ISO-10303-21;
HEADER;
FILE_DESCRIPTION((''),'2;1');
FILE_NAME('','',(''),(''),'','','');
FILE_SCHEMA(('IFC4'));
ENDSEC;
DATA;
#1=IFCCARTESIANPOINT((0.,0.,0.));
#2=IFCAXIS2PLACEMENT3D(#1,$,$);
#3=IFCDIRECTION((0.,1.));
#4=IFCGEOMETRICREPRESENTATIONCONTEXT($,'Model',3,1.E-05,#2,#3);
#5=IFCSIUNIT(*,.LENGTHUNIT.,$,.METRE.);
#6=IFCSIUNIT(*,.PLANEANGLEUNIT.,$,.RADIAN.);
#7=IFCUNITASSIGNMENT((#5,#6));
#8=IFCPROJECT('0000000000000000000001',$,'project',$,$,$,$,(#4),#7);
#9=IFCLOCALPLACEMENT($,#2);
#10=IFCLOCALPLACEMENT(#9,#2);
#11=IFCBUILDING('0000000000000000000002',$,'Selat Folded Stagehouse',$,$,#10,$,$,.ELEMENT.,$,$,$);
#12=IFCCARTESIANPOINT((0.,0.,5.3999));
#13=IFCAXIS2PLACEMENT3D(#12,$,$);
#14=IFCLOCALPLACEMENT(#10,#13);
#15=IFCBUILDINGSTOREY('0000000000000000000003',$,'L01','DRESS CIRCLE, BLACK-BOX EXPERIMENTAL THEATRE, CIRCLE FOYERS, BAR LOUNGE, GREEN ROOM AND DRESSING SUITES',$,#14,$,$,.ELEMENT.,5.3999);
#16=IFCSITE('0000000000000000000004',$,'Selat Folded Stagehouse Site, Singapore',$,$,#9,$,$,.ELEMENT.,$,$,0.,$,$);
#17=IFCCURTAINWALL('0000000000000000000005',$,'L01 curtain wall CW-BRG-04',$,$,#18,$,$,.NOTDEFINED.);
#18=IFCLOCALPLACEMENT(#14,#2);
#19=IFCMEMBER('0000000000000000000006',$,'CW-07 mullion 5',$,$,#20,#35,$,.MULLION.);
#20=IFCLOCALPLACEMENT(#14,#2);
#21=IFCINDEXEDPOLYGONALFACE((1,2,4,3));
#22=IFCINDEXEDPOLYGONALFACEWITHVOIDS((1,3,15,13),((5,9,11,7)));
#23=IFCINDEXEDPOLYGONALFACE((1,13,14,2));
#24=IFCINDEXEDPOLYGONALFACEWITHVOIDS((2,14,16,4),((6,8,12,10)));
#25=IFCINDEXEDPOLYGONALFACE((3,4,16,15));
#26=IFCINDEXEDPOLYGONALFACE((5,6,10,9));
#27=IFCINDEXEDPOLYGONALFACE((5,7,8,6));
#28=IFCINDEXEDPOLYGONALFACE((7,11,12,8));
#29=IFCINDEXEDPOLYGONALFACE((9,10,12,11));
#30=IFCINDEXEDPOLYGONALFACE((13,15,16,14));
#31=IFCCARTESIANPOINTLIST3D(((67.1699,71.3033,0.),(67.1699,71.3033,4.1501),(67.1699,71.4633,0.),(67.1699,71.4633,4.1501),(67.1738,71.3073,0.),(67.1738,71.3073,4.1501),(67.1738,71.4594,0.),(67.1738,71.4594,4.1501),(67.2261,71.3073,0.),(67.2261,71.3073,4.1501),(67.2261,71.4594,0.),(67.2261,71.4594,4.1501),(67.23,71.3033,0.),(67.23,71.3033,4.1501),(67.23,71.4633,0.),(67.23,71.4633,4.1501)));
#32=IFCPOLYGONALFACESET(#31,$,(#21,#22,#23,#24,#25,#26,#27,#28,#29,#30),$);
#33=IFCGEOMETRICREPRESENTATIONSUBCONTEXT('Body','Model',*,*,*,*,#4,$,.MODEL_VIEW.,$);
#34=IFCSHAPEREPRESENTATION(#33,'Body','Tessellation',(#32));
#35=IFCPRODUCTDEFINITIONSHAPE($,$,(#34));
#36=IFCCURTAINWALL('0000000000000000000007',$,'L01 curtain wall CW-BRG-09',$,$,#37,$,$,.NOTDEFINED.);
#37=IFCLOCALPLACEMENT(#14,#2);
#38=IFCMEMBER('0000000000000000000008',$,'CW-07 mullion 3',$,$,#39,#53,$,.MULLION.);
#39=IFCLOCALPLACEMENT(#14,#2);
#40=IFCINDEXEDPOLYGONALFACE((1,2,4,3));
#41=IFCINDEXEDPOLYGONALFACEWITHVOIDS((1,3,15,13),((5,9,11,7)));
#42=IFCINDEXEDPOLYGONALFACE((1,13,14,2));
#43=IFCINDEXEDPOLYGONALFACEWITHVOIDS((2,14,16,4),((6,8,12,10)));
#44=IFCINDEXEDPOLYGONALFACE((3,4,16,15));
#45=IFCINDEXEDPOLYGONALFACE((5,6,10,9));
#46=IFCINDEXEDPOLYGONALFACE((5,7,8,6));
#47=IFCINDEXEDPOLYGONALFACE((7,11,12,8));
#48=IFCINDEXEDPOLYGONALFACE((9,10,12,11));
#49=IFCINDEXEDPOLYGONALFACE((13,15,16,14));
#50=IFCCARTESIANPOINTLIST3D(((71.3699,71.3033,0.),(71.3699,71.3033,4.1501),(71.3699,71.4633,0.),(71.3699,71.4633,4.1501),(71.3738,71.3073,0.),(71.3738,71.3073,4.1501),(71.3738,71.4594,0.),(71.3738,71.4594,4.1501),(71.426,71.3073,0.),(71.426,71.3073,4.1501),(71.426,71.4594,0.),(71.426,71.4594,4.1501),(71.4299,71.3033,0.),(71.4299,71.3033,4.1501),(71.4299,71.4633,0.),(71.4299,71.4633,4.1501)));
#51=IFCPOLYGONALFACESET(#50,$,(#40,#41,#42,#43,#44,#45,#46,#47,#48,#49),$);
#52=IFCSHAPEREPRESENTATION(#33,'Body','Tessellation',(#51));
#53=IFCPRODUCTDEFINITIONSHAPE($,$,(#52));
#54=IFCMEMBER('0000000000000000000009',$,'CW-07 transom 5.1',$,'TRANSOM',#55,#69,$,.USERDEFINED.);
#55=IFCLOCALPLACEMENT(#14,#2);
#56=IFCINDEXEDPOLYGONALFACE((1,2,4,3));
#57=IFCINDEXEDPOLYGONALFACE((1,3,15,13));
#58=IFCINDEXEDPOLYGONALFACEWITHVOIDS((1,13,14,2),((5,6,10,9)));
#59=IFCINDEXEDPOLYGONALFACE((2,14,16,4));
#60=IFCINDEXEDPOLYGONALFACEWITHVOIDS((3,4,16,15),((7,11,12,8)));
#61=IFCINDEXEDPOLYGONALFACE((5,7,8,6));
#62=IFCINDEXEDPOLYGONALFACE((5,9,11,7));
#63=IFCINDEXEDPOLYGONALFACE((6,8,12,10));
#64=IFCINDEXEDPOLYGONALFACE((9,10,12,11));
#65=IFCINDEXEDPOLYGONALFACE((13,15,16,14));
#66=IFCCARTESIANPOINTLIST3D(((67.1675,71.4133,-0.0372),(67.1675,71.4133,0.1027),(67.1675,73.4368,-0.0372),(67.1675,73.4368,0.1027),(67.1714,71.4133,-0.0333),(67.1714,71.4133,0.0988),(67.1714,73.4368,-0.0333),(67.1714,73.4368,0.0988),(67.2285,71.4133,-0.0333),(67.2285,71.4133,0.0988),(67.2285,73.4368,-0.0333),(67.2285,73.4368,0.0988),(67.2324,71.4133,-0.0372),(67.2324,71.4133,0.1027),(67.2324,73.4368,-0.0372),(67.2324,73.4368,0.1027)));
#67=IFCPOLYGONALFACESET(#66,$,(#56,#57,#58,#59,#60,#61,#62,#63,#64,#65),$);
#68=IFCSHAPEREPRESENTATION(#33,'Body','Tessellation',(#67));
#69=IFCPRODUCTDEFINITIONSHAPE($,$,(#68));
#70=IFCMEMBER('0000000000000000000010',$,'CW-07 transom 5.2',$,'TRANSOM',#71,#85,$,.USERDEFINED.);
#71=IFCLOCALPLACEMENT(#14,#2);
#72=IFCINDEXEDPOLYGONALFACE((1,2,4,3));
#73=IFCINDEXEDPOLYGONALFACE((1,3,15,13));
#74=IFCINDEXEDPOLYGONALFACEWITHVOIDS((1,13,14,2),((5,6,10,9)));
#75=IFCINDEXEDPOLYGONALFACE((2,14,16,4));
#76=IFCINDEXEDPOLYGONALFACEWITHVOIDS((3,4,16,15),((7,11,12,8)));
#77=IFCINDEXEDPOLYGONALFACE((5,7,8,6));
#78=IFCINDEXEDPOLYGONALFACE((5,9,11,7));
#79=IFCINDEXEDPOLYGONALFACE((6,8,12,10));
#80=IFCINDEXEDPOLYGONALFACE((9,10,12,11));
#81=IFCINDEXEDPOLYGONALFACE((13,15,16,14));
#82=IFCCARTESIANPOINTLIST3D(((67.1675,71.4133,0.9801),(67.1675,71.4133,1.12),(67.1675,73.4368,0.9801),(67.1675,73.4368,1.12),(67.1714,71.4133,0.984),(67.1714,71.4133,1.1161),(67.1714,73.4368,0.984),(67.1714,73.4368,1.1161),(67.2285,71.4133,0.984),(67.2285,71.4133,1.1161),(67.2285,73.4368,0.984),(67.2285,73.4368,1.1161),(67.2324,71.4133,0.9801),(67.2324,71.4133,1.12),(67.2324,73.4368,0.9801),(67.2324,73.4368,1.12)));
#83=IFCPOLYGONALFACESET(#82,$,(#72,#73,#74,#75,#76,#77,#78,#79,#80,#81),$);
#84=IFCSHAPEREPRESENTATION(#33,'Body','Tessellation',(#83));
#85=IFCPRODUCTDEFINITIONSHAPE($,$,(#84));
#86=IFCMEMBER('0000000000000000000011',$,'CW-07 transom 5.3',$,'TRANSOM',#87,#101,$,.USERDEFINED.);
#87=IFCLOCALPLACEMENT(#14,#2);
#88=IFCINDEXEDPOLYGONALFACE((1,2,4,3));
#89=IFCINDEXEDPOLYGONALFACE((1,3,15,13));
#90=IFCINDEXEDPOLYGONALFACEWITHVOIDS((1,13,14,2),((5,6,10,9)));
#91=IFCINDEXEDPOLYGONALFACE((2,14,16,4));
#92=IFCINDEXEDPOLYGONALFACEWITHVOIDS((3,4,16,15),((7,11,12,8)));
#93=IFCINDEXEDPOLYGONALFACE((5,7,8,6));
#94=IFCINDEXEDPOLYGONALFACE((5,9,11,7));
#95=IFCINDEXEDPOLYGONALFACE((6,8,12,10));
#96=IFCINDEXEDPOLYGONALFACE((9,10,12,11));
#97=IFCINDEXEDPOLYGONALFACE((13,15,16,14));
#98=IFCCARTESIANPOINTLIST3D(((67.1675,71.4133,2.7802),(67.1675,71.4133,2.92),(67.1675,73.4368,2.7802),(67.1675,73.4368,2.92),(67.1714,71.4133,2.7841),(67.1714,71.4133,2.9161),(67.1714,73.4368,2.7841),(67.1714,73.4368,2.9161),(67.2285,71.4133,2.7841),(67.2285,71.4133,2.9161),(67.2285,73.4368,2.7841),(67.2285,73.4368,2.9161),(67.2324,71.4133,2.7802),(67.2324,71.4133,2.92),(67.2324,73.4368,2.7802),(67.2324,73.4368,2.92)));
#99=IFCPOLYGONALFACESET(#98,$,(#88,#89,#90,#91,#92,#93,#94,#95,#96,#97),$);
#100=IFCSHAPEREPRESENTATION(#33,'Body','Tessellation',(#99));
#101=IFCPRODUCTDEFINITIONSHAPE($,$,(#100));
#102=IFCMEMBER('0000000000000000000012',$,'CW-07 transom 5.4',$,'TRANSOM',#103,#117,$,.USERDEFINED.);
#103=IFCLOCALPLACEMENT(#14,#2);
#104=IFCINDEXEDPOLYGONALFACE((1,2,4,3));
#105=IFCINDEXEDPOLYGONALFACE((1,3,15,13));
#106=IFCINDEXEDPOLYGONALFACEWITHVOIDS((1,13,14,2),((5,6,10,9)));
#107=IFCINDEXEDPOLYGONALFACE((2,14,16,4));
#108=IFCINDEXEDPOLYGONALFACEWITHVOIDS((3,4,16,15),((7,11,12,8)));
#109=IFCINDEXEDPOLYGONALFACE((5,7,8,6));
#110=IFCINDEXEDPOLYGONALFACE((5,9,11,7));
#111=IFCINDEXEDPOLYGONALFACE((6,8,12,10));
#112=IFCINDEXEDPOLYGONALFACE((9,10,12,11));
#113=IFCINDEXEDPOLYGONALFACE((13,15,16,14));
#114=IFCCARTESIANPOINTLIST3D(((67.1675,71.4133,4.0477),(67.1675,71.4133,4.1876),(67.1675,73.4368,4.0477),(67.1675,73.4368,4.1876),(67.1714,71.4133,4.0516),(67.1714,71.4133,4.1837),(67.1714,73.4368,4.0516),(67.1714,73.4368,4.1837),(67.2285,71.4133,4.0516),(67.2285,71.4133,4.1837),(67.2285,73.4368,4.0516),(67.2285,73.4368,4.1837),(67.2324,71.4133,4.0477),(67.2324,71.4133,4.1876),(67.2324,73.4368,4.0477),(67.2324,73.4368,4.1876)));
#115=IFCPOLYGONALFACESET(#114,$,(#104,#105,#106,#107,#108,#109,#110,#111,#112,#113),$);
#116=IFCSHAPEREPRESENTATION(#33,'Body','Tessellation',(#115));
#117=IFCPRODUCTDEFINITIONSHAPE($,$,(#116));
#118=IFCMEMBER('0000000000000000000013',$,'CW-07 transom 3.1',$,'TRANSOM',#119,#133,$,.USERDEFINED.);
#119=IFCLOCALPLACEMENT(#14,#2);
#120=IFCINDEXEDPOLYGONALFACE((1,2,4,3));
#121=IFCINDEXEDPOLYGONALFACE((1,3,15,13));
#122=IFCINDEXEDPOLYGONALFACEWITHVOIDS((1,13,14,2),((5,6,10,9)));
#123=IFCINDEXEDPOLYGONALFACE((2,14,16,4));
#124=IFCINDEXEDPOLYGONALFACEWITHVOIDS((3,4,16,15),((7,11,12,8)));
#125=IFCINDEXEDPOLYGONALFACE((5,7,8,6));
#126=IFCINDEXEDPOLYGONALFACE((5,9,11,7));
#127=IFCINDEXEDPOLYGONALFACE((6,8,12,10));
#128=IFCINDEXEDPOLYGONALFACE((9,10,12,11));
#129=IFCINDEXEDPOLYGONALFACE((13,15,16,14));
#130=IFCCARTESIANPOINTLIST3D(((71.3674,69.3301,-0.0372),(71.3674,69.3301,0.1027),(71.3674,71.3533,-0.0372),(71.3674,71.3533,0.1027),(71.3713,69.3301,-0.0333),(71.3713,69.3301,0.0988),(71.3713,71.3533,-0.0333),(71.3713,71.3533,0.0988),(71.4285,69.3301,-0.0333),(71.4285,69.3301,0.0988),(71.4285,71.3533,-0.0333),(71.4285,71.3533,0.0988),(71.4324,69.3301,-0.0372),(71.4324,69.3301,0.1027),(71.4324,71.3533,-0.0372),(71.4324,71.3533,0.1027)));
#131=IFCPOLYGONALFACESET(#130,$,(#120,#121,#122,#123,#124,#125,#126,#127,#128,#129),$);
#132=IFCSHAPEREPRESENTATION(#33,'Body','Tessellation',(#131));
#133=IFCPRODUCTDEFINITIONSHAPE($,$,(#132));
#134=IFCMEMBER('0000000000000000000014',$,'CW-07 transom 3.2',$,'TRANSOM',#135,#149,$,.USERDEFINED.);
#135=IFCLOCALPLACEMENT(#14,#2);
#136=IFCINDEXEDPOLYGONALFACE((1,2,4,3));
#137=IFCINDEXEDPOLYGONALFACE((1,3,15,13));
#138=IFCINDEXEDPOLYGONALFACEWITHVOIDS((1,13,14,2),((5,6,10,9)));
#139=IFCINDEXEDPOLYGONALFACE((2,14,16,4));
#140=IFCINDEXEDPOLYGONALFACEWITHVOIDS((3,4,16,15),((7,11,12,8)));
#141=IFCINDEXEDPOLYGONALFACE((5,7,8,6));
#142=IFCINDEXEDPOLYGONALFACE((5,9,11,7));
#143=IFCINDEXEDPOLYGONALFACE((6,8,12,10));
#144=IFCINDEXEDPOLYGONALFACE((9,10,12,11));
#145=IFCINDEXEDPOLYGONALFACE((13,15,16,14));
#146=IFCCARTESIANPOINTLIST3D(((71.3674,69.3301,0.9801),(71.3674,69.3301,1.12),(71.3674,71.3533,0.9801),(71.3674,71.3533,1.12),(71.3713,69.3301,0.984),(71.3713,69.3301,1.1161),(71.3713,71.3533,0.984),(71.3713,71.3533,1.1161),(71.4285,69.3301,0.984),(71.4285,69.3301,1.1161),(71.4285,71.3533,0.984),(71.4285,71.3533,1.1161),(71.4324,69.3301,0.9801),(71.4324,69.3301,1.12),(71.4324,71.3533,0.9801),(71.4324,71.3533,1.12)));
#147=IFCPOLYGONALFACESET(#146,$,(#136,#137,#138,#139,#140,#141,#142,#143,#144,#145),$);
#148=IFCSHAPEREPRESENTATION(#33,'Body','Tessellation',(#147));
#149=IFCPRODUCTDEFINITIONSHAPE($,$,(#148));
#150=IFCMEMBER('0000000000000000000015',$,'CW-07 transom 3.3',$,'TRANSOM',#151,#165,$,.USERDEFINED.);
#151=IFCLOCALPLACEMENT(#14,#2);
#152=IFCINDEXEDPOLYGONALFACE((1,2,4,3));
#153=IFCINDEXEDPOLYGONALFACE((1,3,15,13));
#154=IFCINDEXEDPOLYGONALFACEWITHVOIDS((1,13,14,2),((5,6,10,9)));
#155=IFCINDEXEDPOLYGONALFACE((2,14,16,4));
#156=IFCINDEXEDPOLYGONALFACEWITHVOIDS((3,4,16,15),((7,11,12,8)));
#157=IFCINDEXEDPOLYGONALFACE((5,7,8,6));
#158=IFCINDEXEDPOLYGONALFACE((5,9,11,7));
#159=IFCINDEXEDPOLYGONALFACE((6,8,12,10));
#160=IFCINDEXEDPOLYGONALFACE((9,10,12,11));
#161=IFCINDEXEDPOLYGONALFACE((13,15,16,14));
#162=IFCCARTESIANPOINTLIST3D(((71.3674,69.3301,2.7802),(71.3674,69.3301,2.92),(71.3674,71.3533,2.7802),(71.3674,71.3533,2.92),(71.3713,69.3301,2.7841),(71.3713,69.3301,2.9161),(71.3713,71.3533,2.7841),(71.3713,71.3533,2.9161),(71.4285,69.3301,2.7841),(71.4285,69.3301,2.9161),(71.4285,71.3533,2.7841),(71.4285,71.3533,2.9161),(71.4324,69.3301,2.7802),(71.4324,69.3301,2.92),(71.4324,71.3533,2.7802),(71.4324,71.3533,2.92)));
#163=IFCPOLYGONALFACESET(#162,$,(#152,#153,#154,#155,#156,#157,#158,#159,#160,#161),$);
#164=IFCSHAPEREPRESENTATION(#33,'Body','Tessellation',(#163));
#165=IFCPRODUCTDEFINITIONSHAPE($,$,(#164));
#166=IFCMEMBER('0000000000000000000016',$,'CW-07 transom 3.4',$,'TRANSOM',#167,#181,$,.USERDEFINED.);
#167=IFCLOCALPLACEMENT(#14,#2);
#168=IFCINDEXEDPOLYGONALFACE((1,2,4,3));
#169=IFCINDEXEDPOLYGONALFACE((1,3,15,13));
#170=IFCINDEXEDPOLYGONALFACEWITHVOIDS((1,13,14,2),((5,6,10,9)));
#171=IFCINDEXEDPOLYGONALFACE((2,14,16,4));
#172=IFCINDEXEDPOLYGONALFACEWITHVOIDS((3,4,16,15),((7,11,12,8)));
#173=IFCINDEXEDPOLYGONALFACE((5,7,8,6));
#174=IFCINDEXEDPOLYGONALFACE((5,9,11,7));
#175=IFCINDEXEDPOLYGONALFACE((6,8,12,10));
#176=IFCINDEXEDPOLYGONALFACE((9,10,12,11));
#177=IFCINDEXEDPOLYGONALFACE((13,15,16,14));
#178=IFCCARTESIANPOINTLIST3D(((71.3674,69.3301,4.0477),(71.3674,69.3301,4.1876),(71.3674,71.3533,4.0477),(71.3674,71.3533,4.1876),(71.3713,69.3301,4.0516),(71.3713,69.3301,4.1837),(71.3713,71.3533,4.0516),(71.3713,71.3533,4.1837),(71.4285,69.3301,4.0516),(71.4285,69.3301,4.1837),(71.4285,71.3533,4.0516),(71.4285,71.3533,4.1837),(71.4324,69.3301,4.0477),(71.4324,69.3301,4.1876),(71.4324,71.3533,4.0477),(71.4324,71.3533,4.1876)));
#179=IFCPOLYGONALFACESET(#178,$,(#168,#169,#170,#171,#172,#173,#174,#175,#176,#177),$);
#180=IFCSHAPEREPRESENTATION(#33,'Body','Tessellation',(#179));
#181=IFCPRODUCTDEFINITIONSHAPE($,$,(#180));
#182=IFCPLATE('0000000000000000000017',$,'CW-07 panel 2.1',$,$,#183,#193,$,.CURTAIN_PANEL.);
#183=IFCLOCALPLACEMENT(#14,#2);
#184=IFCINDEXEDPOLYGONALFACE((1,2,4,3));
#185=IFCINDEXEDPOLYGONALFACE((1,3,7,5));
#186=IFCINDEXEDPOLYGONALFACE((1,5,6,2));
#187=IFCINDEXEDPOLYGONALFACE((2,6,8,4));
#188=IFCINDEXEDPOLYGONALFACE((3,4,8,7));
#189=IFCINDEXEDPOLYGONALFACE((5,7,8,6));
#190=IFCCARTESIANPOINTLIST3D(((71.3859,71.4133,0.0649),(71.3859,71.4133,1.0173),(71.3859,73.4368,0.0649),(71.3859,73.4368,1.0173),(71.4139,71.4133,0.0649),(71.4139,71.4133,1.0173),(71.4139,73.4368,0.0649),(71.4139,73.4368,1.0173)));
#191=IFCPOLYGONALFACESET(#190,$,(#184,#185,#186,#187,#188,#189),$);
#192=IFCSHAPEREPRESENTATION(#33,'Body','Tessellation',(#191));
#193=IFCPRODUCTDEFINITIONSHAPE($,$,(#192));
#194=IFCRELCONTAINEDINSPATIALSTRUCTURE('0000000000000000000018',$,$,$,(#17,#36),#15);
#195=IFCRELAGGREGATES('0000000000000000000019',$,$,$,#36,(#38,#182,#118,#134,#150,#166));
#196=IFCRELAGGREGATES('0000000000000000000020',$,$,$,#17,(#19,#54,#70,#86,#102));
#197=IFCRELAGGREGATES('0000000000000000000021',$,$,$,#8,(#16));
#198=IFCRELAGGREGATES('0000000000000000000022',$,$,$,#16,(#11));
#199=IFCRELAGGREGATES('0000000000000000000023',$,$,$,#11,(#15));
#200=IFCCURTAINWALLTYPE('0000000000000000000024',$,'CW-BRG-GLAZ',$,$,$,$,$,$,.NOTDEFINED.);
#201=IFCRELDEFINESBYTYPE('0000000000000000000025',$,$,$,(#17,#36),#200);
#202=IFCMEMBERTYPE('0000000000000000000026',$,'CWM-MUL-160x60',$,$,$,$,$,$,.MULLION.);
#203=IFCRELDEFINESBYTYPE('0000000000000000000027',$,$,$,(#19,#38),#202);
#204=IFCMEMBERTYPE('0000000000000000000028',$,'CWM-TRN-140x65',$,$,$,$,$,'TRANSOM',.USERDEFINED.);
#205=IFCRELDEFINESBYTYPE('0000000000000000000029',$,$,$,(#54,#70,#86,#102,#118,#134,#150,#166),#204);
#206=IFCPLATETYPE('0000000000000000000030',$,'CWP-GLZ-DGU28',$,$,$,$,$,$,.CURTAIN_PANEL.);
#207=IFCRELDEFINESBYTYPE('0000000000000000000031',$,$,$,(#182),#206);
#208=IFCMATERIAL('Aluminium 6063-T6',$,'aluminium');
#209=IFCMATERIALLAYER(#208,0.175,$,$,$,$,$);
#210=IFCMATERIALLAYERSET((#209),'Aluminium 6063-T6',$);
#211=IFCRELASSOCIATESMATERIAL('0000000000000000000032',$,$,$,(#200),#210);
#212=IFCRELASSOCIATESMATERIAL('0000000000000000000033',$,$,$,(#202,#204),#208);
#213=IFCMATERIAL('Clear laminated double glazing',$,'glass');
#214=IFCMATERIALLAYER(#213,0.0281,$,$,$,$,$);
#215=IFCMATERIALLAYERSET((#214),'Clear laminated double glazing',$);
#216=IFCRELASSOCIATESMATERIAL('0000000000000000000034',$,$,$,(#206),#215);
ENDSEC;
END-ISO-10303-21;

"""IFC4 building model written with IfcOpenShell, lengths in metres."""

from ifc_helpers import new_model, si_unit, direction, frame, origin, origin_2d, place, context, subcontext, project, spatial, rectangle, hollow_rectangle, extrude, material, layer, layer_set, material_profile, profile_set, type_object, element, aggregate, save


model = new_model("IFC4")

# Units and contexts
model_context = context("Model", 3, precision=1e-05, world=origin(), true_north=direction((0.0, 1.0)))
body_context = subcontext(model_context, "Body", "Model", "MODEL_VIEW")
ifc_project = project(units=[si_unit("LENGTHUNIT", "METRE"), si_unit("PLANEANGLEUNIT", "RADIAN")], contexts=[model_context])

# Site, building, storey
site_placement = place(None, origin())
site = spatial("IfcSite", under=ifc_project, at=site_placement, Name="Selat Folded Stagehouse Site, Singapore", CompositionType="ELEMENT", RefElevation=0.0)
building_placement = place(site_placement, origin())
building = spatial("IfcBuilding", under=site, at=building_placement, Name="Selat Folded Stagehouse", CompositionType="ELEMENT")
storey_placement = place(building_placement, frame((0.0, 0.0, 5.3999)))
storey = spatial("IfcBuildingStorey", under=building, at=storey_placement, Name="L01", Description="DRESS CIRCLE, BLACK-BOX EXPERIMENTAL THEATRE, CIRCLE FOYERS, BAR LOUNGE, GREEN ROOM AND DRESSING SUITES", CompositionType="ELEMENT", Elevation=5.3999)

# Curtain walls, members
ifc_material_1 = material(Name="Aluminium 6063-T6", Category="aluminium")
ifc_layer_1 = layer(ifc_material_1, 0.175)
ifc_layer_set_1 = layer_set([ifc_layer_1], Name="Aluminium 6063-T6")
curtain_wall_type = type_object("IfcCurtainWallType", Name="CW-BRG-GLAZ", PredefinedType="NOTDEFINED", material=ifc_layer_set_1)
curtain_wall_1_placement = place(storey_placement, origin())
curtain_wall_1 = element("IfcCurtainWall", 1, at=curtain_wall_1_placement, inside=storey, type_object=curtain_wall_type, Name="L01 curtain wall CW-BRG-04", PredefinedType="NOTDEFINED")
ifc_material_profile_1 = material_profile(ifc_material_1, hollow_rectangle(XDim=0.0601, YDim=0.1599, WallThickness=0.0039, at=origin_2d()), Name="ALU 160x60x4.0")
ifc_profile_set_1 = profile_set([ifc_material_profile_1], Name="Aluminium 6063-T6")
member_type_1 = type_object("IfcMemberType", Name="CWM-MUL-160x60", PredefinedType="MULLION", material=ifc_profile_set_1)
member_1_placement = place(storey_placement, frame((67.2, 71.3833, 0.0), z_axis=(0.0, 0.0, 1.0), x_axis=(-1.0, 0.0, 0.0)))
member_1 = element("IfcMember", 2, at=member_1_placement, type_object=member_type_1, Name="CW-07 mullion 5", PredefinedType="MULLION", context=body_context, shape_type="SweptSolid", body=[
    extrude(hollow_rectangle(XDim=0.0601, YDim=0.1599, WallThickness=0.0039, at=origin_2d()), origin(), (0.0, 0.0, 1.0), 4.1501),
])
curtain_wall_2_placement = place(storey_placement, origin())
curtain_wall_2 = element("IfcCurtainWall", 3, at=curtain_wall_2_placement, inside=storey, type_object=curtain_wall_type, Name="L01 curtain wall CW-BRG-09", PredefinedType="NOTDEFINED")
member_2_placement = place(storey_placement, frame((71.3999, 71.3833, 0.0), z_axis=(0.0, 0.0, 1.0), x_axis=(1.0, 0.0, 0.0)))
member_2 = element("IfcMember", 4, at=member_2_placement, type_object=member_type_1, Name="CW-07 mullion 3", PredefinedType="MULLION", context=body_context, shape_type="SweptSolid", body=[
    extrude(hollow_rectangle(XDim=0.0601, YDim=0.1599, WallThickness=0.0039, at=origin_2d()), origin(), (0.0, 0.0, 1.0), 4.1501),
])

# Members
ifc_material_profile_2 = material_profile(ifc_material_1, hollow_rectangle(XDim=0.0649, YDim=0.1399, WallThickness=0.0039, at=origin_2d()), Name="ALU 140x65x4.0")
ifc_profile_set_2 = profile_set([ifc_material_profile_2], Name="Aluminium 6063-T6")
member_type_2 = type_object("IfcMemberType", Name="CWM-TRN-140x65", ElementType="TRANSOM", PredefinedType="USERDEFINED", material=ifc_profile_set_2)
member_3_placement = place(storey_placement, frame((67.2, 71.4133, 0.0327), z_axis=(0.0, 1.0, 0.0), x_axis=(-1.0, 0.0, 0.0)))
member_3 = element("IfcMember", 5, at=member_3_placement, type_object=member_type_2, Name="CW-07 transom 5.1", ObjectType="TRANSOM", PredefinedType="USERDEFINED", context=body_context, shape_type="SweptSolid", body=[
    extrude(hollow_rectangle(XDim=0.0649, YDim=0.1399, WallThickness=0.0039, at=origin_2d()), origin(), (0.0, 0.0, 1.0), 2.0234),
])
member_4_placement = place(storey_placement, frame((67.2, 71.4133, 1.05), z_axis=(0.0, 1.0, 0.0), x_axis=(-1.0, 0.0, 0.0)))
member_4 = element("IfcMember", 6, at=member_4_placement, type_object=member_type_2, Name="CW-07 transom 5.2", ObjectType="TRANSOM", PredefinedType="USERDEFINED", context=body_context, shape_type="SweptSolid", body=[
    extrude(hollow_rectangle(XDim=0.0649, YDim=0.1399, WallThickness=0.0039, at=origin_2d()), origin(), (0.0, 0.0, 1.0), 2.0234),
])
member_5_placement = place(storey_placement, frame((67.2, 71.4133, 2.8501), z_axis=(0.0, 1.0, 0.0), x_axis=(-1.0, 0.0, 0.0)))
member_5 = element("IfcMember", 7, at=member_5_placement, type_object=member_type_2, Name="CW-07 transom 5.3", ObjectType="TRANSOM", PredefinedType="USERDEFINED", context=body_context, shape_type="SweptSolid", body=[
    extrude(hollow_rectangle(XDim=0.0649, YDim=0.1399, WallThickness=0.0039, at=origin_2d()), origin(), (0.0, 0.0, 1.0), 2.0234),
])
member_6_placement = place(storey_placement, frame((67.2, 71.4133, 4.1177), z_axis=(0.0, 1.0, 0.0), x_axis=(-1.0, 0.0, 0.0)))
member_6 = element("IfcMember", 8, at=member_6_placement, type_object=member_type_2, Name="CW-07 transom 5.4", ObjectType="TRANSOM", PredefinedType="USERDEFINED", context=body_context, shape_type="SweptSolid", body=[
    extrude(hollow_rectangle(XDim=0.0649, YDim=0.1399, WallThickness=0.0039, at=origin_2d()), origin(), (0.0, 0.0, 1.0), 2.0234),
])
member_7_placement = place(storey_placement, frame((71.3999, 71.3533, 0.0327), z_axis=(0.0, -1.0, 0.0), x_axis=(1.0, 0.0, 0.0)))
member_7 = element("IfcMember", 9, at=member_7_placement, type_object=member_type_2, Name="CW-07 transom 3.1", ObjectType="TRANSOM", PredefinedType="USERDEFINED", context=body_context, shape_type="SweptSolid", body=[
    extrude(hollow_rectangle(XDim=0.0649, YDim=0.1399, WallThickness=0.0039, at=origin_2d()), origin(), (0.0, 0.0, 1.0), 2.0232),
])
member_8_placement = place(storey_placement, frame((71.3999, 71.3533, 1.05), z_axis=(0.0, -1.0, 0.0), x_axis=(1.0, 0.0, 0.0)))
member_8 = element("IfcMember", 10, at=member_8_placement, type_object=member_type_2, Name="CW-07 transom 3.2", ObjectType="TRANSOM", PredefinedType="USERDEFINED", context=body_context, shape_type="SweptSolid", body=[
    extrude(hollow_rectangle(XDim=0.0649, YDim=0.1399, WallThickness=0.0039, at=origin_2d()), origin(), (0.0, 0.0, 1.0), 2.0232),
])
member_9_placement = place(storey_placement, frame((71.3999, 71.3533, 2.8501), z_axis=(0.0, -1.0, 0.0), x_axis=(1.0, 0.0, 0.0)))
member_9 = element("IfcMember", 11, at=member_9_placement, type_object=member_type_2, Name="CW-07 transom 3.3", ObjectType="TRANSOM", PredefinedType="USERDEFINED", context=body_context, shape_type="SweptSolid", body=[
    extrude(hollow_rectangle(XDim=0.0649, YDim=0.1399, WallThickness=0.0039, at=origin_2d()), origin(), (0.0, 0.0, 1.0), 2.0232),
])
member_10_placement = place(storey_placement, frame((71.3999, 71.3533, 4.1177), z_axis=(0.0, -1.0, 0.0), x_axis=(1.0, 0.0, 0.0)))
member_10 = element("IfcMember", 12, at=member_10_placement, type_object=member_type_2, Name="CW-07 transom 3.4", ObjectType="TRANSOM", PredefinedType="USERDEFINED", context=body_context, shape_type="SweptSolid", body=[
    extrude(hollow_rectangle(XDim=0.0649, YDim=0.1399, WallThickness=0.0039, at=origin_2d()), origin(), (0.0, 0.0, 1.0), 2.0232),
])

# Plate
ifc_material_2 = material(Name="Clear laminated double glazing", Category="glass")
ifc_layer_2 = layer(ifc_material_2, 0.0281)
ifc_layer_set_2 = layer_set([ifc_layer_2], Name="Clear laminated double glazing")
plate_type_1 = type_object("IfcPlateType", Name="CWP-GLZ-DGU28", PredefinedType="CURTAIN_PANEL", material=ifc_layer_set_2)
plate_1_placement = place(storey_placement, frame((71.3999, 72.425, 0.0649), z_axis=(0.0, 0.0, 1.0), x_axis=(0.0, -1.0, 0.0)))
plate_1 = element("IfcPlate", 13, at=plate_1_placement, type_object=plate_type_1, Name="CW-07 panel 2.1", PredefinedType="CURTAIN_PANEL", context=body_context, shape_type="SweptSolid", body=[
    extrude(rectangle(XDim=2.0234, YDim=0.0281, at=origin_2d()), origin(), (0.0, 0.0, 1.0), 0.9524),
])
aggregate(curtain_wall_2, [member_2, plate_1, member_7, member_8, member_9, member_10])
aggregate(curtain_wall_1, [member_1, member_3, member_4, member_5, member_6])

save(model, "model.ifc")
